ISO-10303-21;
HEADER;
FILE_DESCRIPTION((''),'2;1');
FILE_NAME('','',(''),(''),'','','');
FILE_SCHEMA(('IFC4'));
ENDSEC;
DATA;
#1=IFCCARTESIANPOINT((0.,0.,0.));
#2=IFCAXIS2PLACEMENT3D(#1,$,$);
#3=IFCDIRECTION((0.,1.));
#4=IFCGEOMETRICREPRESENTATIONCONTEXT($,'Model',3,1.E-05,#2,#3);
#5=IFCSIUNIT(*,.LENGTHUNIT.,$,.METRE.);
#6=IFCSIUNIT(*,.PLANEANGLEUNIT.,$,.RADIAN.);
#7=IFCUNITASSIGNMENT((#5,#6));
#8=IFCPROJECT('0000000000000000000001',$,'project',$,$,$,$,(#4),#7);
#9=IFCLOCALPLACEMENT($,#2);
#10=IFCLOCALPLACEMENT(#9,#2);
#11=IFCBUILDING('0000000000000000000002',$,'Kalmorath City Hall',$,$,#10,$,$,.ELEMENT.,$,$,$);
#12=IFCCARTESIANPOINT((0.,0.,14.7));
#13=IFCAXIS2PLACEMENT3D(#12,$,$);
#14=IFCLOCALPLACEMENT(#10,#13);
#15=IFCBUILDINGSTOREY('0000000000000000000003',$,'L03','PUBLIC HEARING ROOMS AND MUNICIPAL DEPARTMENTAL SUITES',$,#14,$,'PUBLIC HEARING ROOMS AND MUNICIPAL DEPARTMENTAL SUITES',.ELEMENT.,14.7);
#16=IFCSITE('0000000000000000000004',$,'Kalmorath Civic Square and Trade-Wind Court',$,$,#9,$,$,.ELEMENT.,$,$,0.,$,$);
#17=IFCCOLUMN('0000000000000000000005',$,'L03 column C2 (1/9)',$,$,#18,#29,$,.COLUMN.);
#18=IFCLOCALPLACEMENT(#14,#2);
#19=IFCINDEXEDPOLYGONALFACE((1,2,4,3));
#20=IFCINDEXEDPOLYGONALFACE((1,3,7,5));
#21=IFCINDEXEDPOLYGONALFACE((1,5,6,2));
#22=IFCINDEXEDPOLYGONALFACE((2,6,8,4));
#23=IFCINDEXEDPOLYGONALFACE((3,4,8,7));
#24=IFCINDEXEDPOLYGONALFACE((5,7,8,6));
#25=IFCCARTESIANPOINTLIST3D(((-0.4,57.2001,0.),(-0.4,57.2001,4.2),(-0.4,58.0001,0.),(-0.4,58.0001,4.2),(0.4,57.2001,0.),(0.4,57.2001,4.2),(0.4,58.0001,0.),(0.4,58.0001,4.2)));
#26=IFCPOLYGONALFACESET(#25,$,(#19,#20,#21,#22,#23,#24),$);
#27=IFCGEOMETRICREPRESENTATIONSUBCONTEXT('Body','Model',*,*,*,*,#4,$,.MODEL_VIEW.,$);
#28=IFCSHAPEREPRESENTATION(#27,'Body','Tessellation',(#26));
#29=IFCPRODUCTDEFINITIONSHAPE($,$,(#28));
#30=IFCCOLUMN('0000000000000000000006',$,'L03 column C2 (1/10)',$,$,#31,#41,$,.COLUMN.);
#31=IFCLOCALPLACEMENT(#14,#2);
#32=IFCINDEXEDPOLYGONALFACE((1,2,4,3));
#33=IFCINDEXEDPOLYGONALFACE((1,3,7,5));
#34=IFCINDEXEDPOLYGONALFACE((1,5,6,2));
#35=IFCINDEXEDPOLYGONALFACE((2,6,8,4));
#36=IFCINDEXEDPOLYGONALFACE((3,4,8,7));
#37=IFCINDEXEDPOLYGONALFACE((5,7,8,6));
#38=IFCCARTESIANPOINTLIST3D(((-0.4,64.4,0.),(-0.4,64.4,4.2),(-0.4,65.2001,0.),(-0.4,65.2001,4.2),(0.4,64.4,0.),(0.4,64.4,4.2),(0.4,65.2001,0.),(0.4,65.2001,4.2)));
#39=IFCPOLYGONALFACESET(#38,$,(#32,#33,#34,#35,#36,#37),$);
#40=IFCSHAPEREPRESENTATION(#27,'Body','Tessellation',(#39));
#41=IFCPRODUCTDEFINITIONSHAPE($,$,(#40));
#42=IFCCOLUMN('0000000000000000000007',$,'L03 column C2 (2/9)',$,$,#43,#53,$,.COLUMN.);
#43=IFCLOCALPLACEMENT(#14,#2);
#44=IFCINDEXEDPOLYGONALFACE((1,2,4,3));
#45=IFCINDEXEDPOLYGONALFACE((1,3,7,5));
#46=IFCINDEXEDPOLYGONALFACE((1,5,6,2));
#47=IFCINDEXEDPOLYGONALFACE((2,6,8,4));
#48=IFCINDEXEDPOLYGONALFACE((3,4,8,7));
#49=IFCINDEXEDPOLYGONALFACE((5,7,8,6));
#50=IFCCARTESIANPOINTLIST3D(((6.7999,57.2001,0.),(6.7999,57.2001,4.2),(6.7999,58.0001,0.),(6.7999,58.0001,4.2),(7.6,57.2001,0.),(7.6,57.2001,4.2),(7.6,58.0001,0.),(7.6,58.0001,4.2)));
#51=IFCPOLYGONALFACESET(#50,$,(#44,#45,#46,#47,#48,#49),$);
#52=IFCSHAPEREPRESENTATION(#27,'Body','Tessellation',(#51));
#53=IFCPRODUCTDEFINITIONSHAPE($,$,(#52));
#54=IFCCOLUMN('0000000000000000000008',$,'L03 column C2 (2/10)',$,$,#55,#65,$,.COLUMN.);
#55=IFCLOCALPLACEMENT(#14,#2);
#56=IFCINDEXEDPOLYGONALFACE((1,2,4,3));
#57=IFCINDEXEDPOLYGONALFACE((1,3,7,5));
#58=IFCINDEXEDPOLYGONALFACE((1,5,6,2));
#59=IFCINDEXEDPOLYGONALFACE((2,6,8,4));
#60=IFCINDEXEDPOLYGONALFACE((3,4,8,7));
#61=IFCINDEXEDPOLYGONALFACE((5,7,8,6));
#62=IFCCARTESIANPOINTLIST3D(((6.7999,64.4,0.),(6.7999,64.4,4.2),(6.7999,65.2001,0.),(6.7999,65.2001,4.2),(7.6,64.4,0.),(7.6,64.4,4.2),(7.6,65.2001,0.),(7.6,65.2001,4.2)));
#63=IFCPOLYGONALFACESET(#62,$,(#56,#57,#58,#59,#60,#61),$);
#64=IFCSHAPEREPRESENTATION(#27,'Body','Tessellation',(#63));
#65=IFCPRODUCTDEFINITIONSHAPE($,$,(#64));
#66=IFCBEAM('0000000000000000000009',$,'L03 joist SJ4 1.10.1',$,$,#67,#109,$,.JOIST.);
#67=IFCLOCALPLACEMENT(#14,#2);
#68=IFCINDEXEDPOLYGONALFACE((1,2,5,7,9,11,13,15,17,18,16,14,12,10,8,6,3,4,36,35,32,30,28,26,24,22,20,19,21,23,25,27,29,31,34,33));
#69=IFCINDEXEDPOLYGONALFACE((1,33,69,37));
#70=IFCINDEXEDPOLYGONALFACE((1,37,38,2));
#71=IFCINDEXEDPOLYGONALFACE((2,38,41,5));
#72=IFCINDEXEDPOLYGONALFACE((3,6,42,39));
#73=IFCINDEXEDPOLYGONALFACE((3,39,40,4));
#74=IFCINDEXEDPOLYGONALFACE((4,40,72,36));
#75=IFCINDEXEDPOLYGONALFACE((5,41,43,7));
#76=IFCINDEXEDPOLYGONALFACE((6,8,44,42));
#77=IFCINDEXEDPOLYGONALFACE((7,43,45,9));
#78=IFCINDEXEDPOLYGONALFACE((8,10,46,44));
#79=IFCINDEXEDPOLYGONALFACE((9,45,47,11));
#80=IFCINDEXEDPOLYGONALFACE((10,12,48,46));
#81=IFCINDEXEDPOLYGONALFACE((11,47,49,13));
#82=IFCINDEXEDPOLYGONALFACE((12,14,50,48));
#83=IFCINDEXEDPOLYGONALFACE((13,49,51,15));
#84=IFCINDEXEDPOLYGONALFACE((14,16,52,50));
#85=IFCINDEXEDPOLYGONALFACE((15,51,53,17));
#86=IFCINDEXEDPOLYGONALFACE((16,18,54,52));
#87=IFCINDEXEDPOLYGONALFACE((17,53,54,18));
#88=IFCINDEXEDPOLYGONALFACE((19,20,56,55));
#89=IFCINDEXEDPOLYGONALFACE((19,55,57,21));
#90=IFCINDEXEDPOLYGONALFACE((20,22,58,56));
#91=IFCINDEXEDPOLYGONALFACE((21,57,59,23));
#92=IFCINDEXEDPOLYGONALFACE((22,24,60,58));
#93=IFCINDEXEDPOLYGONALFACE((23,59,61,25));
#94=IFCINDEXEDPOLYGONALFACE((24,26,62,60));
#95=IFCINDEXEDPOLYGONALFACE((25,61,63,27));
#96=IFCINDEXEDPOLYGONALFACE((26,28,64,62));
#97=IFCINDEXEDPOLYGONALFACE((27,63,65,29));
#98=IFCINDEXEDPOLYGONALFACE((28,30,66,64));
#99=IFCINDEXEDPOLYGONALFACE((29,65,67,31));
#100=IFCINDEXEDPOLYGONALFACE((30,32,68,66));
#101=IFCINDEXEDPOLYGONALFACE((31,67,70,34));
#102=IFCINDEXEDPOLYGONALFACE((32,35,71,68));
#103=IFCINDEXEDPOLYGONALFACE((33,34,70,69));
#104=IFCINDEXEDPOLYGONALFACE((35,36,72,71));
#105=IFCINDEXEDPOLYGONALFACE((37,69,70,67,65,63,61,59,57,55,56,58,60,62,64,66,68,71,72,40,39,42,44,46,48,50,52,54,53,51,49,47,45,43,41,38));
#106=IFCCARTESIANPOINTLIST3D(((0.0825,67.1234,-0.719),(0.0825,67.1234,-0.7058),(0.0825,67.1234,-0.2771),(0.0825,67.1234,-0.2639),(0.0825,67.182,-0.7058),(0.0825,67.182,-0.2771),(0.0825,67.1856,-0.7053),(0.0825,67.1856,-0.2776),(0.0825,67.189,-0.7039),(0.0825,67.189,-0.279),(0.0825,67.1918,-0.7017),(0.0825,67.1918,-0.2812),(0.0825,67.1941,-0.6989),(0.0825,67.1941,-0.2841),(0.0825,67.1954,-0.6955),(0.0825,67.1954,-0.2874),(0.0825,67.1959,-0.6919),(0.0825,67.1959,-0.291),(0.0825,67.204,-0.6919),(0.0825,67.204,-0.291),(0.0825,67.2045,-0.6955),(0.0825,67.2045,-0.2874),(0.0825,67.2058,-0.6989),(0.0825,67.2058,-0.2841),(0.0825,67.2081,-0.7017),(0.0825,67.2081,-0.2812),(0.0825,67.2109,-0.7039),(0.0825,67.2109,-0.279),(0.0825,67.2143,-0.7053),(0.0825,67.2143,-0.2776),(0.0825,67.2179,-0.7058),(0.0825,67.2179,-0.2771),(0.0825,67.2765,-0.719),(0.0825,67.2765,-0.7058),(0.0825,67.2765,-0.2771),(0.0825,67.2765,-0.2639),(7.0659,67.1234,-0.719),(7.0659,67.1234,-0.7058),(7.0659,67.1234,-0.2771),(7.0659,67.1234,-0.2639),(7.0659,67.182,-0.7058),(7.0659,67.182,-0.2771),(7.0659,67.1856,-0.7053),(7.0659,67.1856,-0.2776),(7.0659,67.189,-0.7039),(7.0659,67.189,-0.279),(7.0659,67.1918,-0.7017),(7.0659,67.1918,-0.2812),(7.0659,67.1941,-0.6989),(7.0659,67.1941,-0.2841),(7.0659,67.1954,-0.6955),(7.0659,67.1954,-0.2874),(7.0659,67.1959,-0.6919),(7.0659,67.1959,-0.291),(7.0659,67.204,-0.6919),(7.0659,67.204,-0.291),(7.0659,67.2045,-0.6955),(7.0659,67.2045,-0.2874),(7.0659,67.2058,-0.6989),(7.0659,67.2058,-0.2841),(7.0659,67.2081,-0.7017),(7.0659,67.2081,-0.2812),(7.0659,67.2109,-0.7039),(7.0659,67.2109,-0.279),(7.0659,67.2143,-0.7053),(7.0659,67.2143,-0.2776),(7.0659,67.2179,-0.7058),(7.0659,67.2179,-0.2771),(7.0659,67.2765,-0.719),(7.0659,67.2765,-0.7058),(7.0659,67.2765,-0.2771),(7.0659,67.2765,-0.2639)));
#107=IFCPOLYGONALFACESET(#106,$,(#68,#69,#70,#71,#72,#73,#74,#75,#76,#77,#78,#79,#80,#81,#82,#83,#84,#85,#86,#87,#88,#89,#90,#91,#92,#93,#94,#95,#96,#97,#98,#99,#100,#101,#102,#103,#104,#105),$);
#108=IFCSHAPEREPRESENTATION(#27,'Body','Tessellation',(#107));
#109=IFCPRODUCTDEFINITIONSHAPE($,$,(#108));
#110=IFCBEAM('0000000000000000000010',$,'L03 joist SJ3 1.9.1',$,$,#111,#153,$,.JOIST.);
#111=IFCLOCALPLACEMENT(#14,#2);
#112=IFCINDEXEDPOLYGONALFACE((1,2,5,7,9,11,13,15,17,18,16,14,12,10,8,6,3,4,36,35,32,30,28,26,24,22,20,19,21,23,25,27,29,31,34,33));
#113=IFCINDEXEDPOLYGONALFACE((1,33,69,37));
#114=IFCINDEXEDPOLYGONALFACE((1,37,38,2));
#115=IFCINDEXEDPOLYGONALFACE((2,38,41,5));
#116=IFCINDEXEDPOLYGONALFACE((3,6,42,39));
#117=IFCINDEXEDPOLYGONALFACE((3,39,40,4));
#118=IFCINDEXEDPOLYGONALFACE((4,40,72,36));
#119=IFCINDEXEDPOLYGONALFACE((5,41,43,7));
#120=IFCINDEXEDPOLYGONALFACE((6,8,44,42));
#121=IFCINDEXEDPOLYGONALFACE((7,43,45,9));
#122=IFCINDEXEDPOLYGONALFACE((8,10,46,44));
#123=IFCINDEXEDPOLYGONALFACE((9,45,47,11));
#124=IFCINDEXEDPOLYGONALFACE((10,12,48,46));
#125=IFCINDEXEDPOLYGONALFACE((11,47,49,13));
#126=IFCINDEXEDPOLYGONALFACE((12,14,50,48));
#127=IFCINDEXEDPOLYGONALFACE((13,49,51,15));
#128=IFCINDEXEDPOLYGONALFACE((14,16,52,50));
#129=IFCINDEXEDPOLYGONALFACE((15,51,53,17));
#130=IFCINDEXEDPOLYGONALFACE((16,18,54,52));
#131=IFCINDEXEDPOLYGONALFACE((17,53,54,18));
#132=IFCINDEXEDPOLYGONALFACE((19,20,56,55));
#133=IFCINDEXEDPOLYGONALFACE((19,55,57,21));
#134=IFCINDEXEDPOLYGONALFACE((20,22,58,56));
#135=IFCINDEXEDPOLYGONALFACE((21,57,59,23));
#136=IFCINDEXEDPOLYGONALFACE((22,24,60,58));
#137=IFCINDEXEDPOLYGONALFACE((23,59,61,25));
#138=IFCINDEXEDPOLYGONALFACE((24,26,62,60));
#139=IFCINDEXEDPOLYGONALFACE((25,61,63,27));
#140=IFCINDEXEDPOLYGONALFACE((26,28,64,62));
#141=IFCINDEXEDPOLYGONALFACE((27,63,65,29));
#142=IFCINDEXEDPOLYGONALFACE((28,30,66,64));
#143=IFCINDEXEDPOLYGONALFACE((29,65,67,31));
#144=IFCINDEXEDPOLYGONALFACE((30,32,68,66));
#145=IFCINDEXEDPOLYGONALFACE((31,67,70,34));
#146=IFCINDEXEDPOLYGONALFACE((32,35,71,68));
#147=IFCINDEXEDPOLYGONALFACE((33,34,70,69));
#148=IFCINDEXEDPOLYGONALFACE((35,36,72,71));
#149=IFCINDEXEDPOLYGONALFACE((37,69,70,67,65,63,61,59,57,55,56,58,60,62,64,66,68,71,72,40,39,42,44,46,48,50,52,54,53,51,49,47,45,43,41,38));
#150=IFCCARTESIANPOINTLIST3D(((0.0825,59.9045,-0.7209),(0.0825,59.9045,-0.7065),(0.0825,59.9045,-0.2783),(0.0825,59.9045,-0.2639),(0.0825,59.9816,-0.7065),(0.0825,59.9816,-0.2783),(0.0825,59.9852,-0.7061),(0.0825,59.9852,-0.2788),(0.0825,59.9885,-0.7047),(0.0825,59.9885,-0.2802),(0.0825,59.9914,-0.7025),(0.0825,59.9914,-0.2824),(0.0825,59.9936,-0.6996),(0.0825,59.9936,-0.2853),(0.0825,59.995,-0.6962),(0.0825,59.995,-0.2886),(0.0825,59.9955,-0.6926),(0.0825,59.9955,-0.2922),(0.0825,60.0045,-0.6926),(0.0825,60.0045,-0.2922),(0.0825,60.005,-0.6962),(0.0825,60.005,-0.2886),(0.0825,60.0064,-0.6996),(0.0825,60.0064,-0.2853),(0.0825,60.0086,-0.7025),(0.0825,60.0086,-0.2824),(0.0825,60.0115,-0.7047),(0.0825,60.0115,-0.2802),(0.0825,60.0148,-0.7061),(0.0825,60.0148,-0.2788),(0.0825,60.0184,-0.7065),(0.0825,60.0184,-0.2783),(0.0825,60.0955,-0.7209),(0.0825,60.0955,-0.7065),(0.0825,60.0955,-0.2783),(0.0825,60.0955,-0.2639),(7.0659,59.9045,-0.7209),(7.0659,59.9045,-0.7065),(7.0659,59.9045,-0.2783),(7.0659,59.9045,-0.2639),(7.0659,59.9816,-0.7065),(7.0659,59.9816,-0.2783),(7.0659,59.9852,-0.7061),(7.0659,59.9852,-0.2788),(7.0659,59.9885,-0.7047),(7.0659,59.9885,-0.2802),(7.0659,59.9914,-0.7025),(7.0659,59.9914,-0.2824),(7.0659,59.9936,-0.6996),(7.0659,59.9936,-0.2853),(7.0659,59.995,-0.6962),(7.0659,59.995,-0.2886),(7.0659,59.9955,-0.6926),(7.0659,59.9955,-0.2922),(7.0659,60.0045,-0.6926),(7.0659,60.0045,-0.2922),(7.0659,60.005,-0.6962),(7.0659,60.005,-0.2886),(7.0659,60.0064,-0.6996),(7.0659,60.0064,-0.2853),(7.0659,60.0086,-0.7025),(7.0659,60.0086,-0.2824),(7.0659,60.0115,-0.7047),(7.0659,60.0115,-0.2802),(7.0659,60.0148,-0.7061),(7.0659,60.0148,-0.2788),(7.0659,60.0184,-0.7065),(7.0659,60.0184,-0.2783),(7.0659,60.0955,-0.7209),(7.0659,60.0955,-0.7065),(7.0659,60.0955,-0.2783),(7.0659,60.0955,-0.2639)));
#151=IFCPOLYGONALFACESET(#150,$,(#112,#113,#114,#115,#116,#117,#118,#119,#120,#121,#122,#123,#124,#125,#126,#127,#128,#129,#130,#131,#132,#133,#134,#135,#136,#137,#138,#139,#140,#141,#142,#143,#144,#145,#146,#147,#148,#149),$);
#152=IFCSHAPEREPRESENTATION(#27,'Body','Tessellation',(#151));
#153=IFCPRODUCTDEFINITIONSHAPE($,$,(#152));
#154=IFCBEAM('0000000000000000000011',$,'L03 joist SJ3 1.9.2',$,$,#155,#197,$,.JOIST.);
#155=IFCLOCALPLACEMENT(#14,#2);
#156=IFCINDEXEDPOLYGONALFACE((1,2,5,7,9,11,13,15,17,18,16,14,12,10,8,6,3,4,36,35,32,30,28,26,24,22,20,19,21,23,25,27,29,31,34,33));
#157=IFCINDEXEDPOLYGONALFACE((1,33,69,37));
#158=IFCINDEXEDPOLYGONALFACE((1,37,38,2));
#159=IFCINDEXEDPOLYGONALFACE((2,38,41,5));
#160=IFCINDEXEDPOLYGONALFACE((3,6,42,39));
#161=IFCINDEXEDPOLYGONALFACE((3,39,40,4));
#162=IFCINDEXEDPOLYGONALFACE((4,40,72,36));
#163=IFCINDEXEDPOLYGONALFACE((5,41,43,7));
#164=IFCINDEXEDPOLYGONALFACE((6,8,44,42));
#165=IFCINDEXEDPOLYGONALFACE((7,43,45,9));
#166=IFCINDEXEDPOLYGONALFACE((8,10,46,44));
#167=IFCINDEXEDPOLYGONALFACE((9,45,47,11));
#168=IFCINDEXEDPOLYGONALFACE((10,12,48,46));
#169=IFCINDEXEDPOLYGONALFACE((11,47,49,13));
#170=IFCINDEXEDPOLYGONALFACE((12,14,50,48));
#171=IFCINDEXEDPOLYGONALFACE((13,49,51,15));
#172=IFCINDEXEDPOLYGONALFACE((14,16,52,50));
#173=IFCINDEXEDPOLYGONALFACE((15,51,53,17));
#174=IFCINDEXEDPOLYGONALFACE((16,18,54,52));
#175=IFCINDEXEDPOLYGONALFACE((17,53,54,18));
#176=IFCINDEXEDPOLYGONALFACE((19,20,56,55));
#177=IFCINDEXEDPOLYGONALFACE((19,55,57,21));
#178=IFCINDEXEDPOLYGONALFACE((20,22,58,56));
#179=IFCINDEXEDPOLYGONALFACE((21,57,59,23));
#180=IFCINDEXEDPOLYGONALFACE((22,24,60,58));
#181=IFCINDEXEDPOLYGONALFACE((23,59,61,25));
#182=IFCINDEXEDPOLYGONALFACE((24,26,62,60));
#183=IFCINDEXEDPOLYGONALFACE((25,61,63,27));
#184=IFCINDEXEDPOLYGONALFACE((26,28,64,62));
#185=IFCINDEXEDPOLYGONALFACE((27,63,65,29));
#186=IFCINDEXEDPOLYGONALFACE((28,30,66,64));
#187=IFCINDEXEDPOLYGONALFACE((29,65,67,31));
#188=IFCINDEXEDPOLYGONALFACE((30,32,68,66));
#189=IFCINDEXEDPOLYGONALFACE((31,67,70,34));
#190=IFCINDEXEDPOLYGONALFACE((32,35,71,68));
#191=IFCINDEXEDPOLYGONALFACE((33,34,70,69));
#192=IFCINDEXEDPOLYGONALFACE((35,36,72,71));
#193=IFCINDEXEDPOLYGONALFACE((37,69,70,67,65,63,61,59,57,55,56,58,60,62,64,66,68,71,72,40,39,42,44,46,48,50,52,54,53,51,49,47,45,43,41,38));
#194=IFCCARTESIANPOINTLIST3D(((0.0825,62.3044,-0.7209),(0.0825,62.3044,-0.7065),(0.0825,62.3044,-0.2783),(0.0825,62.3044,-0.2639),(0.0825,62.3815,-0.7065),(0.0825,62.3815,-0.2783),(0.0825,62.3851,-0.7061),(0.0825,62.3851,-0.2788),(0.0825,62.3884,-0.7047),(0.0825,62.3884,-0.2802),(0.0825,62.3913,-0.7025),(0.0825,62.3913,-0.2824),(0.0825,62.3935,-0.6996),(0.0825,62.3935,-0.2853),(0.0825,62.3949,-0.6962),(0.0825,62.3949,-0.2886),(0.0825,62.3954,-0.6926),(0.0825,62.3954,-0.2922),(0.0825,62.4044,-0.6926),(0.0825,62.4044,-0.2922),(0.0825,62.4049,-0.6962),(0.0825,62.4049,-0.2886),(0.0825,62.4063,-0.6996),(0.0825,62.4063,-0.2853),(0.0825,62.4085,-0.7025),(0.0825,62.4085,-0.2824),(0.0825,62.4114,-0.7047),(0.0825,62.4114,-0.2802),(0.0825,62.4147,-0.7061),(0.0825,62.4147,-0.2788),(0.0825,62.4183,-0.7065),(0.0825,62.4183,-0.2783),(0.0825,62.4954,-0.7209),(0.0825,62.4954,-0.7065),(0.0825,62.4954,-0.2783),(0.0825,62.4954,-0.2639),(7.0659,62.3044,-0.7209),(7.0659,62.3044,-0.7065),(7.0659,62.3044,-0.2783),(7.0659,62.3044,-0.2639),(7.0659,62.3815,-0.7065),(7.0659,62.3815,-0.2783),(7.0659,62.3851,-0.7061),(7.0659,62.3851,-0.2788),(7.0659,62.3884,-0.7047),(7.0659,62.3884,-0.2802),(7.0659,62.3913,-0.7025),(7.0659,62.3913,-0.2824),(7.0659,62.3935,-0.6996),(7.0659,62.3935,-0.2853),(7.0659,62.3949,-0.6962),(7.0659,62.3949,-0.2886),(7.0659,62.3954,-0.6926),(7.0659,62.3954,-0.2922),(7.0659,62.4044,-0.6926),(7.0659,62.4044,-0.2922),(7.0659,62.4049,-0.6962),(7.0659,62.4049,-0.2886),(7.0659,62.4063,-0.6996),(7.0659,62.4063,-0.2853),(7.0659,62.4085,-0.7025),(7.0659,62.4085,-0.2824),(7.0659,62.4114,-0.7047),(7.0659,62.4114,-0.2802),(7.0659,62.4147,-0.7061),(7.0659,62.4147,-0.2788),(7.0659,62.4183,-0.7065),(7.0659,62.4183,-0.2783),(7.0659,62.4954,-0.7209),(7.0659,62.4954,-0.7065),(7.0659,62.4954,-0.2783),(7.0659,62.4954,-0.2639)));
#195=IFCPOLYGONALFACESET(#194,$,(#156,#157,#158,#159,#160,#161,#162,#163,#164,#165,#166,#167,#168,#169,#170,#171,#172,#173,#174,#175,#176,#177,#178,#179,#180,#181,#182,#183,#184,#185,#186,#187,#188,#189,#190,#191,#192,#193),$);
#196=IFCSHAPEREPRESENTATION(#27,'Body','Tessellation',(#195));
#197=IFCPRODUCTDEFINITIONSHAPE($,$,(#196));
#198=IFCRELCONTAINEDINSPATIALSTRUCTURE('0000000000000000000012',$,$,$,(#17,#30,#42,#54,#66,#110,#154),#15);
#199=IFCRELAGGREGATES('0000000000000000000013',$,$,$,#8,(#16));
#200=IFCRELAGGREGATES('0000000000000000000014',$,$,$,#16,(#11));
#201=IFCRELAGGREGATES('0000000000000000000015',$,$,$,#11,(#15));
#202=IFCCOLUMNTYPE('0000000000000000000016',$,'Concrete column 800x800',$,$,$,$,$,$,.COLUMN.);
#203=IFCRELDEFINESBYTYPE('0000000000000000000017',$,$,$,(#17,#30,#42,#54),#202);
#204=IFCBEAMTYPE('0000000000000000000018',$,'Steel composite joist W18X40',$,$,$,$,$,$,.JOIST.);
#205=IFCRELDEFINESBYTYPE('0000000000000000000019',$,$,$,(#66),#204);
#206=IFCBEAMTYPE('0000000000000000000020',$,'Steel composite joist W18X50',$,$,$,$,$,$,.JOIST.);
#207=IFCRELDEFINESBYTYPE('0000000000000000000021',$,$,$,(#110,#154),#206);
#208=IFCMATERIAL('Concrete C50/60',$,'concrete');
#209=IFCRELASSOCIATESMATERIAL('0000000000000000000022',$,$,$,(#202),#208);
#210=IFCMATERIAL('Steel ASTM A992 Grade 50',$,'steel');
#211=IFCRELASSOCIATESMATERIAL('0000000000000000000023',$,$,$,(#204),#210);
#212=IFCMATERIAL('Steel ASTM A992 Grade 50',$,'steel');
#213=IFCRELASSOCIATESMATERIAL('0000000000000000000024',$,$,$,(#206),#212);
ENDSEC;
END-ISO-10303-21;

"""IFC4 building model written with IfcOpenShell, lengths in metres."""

from ifc_helpers import new_model, si_unit, direction, frame, origin, origin_2d, place, context, subcontext, project, spatial, rectangle, i_section, extrude, material, material_profile, profile_set, type_object, element, save


model = new_model("IFC4")

# Units and contexts
model_context = context("Model", 3, precision=1e-05, world=origin(), true_north=direction((0.0, 1.0)))
body_context = subcontext(model_context, "Body", "Model", "MODEL_VIEW")
ifc_project = project(units=[si_unit("LENGTHUNIT", "METRE"), si_unit("PLANEANGLEUNIT", "RADIAN")], contexts=[model_context])

# Site, building, storey
site_placement = place(None, origin())
site = spatial("IfcSite", under=ifc_project, at=site_placement, Name="Kalmorath Civic Square and Trade-Wind Court", CompositionType="ELEMENT", RefElevation=0.0)
building_placement = place(site_placement, origin())
building = spatial("IfcBuilding", under=site, at=building_placement, Name="Kalmorath City Hall", CompositionType="ELEMENT")
storey_placement = place(building_placement, frame((0.0, 0.0, 14.7)))
storey = spatial("IfcBuildingStorey", under=building, at=storey_placement, Name="L03", Description="PUBLIC HEARING ROOMS AND MUNICIPAL DEPARTMENTAL SUITES", LongName="PUBLIC HEARING ROOMS AND MUNICIPAL DEPARTMENTAL SUITES", CompositionType="ELEMENT", Elevation=14.7)

# Columns
ifc_material_1 = material(Name="Concrete C50/60", Category="concrete")
ifc_material_profile_1 = material_profile(ifc_material_1, rectangle(XDim=0.8, YDim=0.8, at=origin_2d()), Name="RC-COL-800X800")
ifc_profile_set_1 = profile_set([ifc_material_profile_1], Name="Concrete C50/60")
column_type = type_object("IfcColumnType", Name="Concrete column 800x800", PredefinedType="COLUMN", material=ifc_profile_set_1)
for number, where, z_axis, x_axis, name in (
    (1, (0.0, 57.6001, 0.0), (0.0, 0.0, 1.0), (1.0, 0.0, 0.0), "L03 column C2 (1/9)"),
    (2, (0.0, 64.8, 0.0), (0.0, 0.0, 1.0), (1.0, 0.0, 0.0), "L03 column C2 (1/10)"),
    (3, (7.2, 57.6001, 0.0), (0.0, 0.0, 1.0), (1.0, 0.0, 0.0), "L03 column C2 (2/9)"),
    (4, (7.2, 64.8, 0.0), (0.0, 0.0, 1.0), (1.0, 0.0, 0.0), "L03 column C2 (2/10)"),
):
    element("IfcColumn", number, at=place(storey_placement, frame(where, z_axis=z_axis, x_axis=x_axis)), inside=storey, type_object=column_type, Name=name, PredefinedType="COLUMN", context=body_context, shape_type="SweptSolid", body=[
        extrude(rectangle(XDim=0.8, YDim=0.8, at=origin_2d()), origin(), (0.0, 0.0, 1.0), 4.2),
    ])

# Beams
ifc_material_2 = material(Name="Steel ASTM A992 Grade 50", Category="steel")
ifc_material_profile_2 = material_profile(ifc_material_2, i_section(OverallWidth=0.1531, OverallDepth=0.4551, WebThickness=0.0081, FlangeThickness=0.0132, FilletRadius=0.0139, at=origin_2d()), Name="W18X40")
ifc_profile_set_2 = profile_set([ifc_material_profile_2], Name="Steel ASTM A992 Grade 50")
beam_type_1 = type_object("IfcBeamType", Name="Steel composite joist W18X40", PredefinedType="JOIST", material=ifc_profile_set_2)
beam_1_placement = place(storey_placement, frame((0.0825, 67.2, -0.4915), z_axis=(1.0, 0.0, 0.0), x_axis=(0.0, 1.0, 0.0)))
element("IfcBeam", 5, at=beam_1_placement, inside=storey, type_object=beam_type_1, Name="L03 joist SJ4 1.10.1", PredefinedType="JOIST", context=body_context, shape_type="SweptSolid", body=[
    extrude(i_section(OverallWidth=0.1531, OverallDepth=0.4551, WebThickness=0.0081, FlangeThickness=0.0132, FilletRadius=0.0139, at=origin_2d()), origin(), (0.0, 0.0, 1.0), 6.9834),
])
ifc_material_3 = material(Name="Steel ASTM A992 Grade 50", Category="steel")
ifc_material_profile_3 = material_profile(ifc_material_3, i_section(OverallWidth=0.1909, OverallDepth=0.457, WebThickness=0.009, FlangeThickness=0.0144, FilletRadius=0.0139, at=origin_2d()), Name="W18X50")
ifc_profile_set_3 = profile_set([ifc_material_profile_3], Name="Steel ASTM A992 Grade 50")
beam_type_2 = type_object("IfcBeamType", Name="Steel composite joist W18X50", PredefinedType="JOIST", material=ifc_profile_set_3)
for number, where, z_axis, x_axis, name in (
    (6, (0.0825, 60.0, -0.4924), (1.0, 0.0, 0.0), (0.0, 1.0, 0.0), "L03 joist SJ3 1.9.1"),
    (7, (0.0825, 62.3999, -0.4924), (1.0, 0.0, 0.0), (0.0, 1.0, 0.0), "L03 joist SJ3 1.9.2"),
):
    element("IfcBeam", number, at=place(storey_placement, frame(where, z_axis=z_axis, x_axis=x_axis)), inside=storey, type_object=beam_type_2, Name=name, PredefinedType="JOIST", context=body_context, shape_type="SweptSolid", body=[
        extrude(i_section(OverallWidth=0.1909, OverallDepth=0.457, WebThickness=0.009, FlangeThickness=0.0144, FilletRadius=0.0139, at=origin_2d()), origin(), (0.0, 0.0, 1.0), 6.9834),
    ])

save(model, "model.ifc")
